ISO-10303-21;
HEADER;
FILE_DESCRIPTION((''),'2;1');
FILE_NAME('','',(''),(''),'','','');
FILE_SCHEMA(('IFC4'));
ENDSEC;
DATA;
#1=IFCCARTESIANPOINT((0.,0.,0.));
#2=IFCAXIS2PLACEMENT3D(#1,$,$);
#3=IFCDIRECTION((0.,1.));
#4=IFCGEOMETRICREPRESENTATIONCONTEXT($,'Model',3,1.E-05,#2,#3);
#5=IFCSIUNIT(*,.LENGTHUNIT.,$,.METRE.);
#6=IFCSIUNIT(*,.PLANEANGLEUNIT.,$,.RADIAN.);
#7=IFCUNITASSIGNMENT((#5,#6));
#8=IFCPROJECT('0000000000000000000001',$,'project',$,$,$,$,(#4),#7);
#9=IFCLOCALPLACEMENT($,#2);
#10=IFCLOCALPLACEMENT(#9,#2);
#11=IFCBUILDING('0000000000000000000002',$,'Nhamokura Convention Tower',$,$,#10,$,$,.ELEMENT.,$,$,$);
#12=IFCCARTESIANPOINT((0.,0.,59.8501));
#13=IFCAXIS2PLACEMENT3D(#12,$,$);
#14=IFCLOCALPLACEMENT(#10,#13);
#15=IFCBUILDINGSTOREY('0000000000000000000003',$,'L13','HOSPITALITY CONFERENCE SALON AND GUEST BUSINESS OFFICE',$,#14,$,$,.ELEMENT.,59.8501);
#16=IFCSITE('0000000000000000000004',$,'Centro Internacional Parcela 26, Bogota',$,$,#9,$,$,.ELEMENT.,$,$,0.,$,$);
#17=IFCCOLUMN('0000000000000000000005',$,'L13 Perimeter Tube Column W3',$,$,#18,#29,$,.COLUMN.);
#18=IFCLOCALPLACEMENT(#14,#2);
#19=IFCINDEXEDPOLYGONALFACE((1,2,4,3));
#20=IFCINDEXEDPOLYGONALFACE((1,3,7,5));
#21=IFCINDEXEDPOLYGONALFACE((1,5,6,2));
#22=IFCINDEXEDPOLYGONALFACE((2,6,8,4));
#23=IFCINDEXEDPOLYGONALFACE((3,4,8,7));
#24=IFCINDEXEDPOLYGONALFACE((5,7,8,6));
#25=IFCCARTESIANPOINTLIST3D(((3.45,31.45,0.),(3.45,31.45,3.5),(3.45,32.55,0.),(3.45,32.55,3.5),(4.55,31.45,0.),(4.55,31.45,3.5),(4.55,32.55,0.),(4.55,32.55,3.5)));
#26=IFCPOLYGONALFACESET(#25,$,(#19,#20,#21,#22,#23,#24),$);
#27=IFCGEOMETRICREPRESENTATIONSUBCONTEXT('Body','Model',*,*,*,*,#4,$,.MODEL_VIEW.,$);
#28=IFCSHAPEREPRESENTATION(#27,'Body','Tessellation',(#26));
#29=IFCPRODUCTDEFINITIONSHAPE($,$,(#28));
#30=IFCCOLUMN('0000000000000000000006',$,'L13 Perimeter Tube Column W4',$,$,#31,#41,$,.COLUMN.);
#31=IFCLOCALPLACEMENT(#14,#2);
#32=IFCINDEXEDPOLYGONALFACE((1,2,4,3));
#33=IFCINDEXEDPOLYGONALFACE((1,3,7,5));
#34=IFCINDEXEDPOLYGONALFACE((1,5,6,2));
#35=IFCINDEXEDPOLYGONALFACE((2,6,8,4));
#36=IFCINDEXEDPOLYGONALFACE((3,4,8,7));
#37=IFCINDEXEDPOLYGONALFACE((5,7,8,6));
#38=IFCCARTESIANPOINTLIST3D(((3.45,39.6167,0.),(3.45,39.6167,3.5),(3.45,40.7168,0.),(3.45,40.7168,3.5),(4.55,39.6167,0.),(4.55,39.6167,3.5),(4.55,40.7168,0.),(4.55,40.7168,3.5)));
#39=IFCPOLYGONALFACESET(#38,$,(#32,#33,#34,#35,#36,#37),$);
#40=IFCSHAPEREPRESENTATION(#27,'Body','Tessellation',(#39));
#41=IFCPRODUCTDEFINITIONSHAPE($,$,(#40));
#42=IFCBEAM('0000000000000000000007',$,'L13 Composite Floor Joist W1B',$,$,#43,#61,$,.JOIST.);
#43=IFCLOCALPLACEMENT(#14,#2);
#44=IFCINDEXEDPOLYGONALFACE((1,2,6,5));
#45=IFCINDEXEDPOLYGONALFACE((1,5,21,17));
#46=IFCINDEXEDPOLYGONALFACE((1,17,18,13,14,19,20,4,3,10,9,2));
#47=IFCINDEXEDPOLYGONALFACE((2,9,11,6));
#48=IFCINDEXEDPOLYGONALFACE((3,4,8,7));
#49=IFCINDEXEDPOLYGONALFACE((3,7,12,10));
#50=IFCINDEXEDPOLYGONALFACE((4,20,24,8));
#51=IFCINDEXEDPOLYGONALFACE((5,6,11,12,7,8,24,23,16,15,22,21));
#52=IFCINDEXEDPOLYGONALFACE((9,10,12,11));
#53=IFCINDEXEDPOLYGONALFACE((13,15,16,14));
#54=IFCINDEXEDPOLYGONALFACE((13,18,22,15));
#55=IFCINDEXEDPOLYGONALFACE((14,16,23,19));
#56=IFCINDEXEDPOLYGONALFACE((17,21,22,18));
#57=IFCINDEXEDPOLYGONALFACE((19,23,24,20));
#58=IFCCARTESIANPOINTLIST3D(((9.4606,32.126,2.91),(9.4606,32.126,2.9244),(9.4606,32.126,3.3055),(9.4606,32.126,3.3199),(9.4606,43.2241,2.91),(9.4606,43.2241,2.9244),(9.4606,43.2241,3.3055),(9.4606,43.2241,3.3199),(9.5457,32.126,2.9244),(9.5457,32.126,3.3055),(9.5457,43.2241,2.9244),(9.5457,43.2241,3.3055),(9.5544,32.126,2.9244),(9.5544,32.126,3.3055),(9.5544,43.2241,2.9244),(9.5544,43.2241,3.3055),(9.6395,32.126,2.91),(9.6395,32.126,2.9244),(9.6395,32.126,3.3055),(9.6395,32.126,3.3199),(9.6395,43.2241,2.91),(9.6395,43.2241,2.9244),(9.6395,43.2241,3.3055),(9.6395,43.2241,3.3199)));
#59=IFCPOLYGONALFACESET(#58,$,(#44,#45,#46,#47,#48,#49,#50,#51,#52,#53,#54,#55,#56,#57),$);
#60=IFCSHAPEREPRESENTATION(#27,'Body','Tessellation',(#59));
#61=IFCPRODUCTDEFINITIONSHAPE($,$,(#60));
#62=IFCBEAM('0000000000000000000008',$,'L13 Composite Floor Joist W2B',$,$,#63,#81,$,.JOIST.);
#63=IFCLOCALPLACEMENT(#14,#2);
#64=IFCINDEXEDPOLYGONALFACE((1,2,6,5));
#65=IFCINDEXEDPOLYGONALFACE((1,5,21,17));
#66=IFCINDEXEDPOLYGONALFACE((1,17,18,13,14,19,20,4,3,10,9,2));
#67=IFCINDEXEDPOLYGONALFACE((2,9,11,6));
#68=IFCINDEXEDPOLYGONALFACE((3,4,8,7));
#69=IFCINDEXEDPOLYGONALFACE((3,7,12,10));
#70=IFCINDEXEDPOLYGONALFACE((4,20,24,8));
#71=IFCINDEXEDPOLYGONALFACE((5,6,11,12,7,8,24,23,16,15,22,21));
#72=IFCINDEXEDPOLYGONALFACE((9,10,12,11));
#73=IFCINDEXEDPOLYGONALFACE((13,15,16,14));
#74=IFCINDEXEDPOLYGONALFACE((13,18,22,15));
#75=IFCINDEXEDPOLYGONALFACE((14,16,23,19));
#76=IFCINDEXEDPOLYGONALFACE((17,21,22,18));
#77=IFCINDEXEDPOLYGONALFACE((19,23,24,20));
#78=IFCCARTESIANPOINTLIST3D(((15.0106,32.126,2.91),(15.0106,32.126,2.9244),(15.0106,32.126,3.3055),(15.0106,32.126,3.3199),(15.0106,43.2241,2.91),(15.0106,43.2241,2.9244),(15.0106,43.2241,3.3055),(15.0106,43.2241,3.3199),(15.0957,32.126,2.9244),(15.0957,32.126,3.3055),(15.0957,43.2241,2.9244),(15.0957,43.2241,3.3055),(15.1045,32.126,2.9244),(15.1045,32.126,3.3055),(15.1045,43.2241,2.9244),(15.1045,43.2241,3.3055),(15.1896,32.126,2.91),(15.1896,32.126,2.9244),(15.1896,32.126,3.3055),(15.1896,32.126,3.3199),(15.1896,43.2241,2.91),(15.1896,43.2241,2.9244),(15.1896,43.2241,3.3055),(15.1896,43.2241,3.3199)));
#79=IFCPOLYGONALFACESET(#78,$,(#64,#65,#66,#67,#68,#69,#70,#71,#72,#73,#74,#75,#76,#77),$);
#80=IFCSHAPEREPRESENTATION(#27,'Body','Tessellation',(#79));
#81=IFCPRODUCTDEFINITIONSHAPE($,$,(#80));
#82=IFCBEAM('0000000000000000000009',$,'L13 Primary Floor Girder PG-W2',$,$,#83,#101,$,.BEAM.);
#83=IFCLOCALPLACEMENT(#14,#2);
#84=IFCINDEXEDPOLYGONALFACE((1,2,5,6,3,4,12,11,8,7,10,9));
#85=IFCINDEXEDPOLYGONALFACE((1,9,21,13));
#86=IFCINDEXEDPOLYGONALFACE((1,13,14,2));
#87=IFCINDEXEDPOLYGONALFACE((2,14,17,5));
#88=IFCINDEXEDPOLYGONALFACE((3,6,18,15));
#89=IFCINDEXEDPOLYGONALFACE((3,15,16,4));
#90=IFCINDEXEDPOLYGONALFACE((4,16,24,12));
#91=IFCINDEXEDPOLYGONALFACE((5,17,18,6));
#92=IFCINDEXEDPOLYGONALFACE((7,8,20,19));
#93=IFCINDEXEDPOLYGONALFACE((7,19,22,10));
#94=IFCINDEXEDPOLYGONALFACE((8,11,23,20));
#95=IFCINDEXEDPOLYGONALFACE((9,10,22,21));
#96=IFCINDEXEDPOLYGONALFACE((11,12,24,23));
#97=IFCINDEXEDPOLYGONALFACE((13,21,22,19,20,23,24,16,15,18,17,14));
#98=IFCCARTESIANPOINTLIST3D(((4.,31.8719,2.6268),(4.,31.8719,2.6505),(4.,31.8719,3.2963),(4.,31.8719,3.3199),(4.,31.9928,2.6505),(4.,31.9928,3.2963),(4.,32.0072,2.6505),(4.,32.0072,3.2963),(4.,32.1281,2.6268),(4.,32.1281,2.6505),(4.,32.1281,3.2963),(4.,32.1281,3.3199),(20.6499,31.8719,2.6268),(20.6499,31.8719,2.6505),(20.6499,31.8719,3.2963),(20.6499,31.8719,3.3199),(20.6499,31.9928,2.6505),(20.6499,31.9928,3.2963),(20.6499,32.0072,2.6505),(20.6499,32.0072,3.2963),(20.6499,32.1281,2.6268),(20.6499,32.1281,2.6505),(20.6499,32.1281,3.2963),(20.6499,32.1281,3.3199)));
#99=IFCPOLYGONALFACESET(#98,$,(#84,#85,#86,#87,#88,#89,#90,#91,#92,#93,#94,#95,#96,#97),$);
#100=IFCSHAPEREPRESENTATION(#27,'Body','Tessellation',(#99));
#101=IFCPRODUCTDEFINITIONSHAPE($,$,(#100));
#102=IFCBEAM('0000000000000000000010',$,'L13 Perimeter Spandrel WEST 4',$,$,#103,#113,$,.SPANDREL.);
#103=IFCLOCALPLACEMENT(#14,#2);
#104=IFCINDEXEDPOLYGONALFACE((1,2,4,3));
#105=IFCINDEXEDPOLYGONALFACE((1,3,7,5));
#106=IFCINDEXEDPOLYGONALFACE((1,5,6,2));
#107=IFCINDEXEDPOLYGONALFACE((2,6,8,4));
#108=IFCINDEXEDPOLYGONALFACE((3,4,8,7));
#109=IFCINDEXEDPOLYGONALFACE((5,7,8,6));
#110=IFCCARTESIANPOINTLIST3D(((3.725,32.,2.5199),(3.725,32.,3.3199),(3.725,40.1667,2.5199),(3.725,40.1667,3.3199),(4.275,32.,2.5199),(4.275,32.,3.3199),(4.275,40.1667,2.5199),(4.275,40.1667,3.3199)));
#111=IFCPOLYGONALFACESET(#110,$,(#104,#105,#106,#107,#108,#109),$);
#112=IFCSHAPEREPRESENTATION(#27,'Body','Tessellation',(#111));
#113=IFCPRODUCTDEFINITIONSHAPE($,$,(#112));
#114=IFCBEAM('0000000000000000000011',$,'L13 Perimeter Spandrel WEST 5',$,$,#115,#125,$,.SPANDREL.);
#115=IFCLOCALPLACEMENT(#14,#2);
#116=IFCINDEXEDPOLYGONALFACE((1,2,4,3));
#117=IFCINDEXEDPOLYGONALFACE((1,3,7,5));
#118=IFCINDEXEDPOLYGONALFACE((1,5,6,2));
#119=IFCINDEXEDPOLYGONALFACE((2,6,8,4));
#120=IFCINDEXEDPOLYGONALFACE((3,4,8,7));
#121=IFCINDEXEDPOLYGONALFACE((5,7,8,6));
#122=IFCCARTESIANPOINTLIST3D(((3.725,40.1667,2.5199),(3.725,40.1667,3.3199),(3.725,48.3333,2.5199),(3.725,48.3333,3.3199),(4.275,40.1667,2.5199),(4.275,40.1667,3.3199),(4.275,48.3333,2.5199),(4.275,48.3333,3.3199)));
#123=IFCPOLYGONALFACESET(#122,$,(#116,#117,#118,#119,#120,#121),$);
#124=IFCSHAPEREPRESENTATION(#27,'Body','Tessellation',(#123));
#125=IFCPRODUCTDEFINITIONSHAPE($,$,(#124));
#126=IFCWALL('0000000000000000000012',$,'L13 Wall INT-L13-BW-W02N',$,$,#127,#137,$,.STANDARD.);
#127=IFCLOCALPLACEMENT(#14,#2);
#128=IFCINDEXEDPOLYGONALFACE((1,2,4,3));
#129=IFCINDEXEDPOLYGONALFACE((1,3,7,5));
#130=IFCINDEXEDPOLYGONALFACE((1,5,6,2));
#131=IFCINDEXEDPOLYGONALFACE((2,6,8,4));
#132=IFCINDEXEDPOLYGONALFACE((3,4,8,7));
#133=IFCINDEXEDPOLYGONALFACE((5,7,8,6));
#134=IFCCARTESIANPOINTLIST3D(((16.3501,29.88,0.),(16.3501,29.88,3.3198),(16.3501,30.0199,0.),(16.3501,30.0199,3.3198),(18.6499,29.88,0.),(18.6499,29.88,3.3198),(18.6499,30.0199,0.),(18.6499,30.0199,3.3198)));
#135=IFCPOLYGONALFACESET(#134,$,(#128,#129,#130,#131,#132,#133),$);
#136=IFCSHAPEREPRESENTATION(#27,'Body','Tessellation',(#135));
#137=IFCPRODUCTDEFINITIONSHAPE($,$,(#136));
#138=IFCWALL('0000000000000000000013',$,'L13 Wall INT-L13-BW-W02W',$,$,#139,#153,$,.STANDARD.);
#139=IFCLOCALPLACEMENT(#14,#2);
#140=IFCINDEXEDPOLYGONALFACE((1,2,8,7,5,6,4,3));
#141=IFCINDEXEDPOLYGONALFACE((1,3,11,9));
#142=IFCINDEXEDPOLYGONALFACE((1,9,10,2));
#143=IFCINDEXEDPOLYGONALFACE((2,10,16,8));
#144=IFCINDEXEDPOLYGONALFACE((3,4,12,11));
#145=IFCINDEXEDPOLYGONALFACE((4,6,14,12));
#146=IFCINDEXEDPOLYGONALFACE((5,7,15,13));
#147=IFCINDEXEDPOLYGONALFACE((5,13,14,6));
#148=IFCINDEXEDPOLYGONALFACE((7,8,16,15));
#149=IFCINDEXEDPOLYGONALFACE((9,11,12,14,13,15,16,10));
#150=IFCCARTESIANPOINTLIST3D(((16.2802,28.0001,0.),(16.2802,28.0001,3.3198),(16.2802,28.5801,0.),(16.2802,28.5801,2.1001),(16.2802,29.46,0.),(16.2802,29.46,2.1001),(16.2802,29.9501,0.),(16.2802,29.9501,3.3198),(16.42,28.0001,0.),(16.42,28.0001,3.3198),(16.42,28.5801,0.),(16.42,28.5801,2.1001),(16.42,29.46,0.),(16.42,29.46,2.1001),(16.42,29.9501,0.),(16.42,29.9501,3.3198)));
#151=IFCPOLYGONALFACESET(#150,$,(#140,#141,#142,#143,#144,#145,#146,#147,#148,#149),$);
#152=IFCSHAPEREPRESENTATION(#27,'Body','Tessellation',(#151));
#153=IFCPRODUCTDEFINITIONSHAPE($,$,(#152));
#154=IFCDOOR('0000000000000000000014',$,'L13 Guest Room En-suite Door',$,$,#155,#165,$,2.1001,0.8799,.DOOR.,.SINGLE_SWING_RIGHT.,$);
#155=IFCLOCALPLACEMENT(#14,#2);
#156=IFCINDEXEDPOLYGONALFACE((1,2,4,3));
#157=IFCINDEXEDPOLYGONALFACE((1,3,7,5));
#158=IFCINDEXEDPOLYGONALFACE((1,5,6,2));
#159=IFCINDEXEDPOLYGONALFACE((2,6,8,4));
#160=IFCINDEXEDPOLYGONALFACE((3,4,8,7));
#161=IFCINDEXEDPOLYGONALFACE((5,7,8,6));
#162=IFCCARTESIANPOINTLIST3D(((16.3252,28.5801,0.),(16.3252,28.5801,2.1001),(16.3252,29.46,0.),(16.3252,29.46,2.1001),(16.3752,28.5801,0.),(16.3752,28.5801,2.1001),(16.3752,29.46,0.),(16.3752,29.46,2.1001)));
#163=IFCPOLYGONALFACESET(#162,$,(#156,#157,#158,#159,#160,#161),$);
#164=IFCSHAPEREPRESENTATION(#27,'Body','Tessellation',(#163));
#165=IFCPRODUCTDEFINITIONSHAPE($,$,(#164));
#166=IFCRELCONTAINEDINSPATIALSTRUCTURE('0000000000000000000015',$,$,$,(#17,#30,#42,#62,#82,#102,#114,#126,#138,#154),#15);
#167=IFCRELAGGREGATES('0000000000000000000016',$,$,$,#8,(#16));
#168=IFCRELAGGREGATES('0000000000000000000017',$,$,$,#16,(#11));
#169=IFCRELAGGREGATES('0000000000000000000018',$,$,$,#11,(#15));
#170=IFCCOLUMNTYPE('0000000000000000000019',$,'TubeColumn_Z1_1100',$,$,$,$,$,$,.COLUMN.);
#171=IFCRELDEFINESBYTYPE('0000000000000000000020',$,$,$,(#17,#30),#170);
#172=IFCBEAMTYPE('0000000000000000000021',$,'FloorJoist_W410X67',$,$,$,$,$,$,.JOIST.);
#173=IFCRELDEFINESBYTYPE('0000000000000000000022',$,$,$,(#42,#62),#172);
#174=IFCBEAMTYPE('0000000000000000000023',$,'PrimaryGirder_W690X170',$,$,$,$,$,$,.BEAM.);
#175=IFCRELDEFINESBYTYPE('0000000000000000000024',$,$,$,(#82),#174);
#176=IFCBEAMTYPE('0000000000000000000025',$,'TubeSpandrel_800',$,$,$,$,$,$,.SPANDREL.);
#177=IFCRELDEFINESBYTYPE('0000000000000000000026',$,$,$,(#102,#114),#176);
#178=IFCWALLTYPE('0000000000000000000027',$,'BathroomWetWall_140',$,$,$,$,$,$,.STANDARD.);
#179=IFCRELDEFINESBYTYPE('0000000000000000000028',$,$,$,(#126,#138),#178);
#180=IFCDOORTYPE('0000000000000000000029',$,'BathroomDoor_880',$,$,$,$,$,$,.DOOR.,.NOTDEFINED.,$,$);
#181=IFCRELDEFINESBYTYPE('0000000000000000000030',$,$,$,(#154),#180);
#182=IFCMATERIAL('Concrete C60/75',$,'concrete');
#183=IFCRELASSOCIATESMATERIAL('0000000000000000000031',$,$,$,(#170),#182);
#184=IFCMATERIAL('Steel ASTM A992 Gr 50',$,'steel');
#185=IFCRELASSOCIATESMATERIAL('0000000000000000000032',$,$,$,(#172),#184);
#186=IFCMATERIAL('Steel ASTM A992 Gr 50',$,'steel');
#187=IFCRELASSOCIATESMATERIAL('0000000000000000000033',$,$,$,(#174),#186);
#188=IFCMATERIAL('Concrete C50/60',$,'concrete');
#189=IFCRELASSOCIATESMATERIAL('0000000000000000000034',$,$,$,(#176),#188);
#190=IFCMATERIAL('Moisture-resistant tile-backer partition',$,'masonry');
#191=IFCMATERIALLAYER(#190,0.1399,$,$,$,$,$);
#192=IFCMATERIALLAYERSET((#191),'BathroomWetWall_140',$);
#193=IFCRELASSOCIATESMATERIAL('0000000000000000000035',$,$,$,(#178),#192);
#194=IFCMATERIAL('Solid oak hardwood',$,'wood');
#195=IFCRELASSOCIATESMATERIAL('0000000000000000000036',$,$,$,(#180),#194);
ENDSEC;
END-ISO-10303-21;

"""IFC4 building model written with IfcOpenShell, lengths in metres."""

from ifc_helpers import new_model, si_unit, direction, frame, frame_2d, origin, origin_2d, place, context, subcontext, project, spatial, rectangle, i_section, extrude, material, layer, layer_set, material_profile, profile_set, type_object, element, fill, save


model = new_model("IFC4")

# Units and contexts
model_context = context("Model", 3, precision=1e-05, world=origin(), true_north=direction((0.0, 1.0)))
body_context = subcontext(model_context, "Body", "Model", "MODEL_VIEW")
ifc_project = project(units=[si_unit("LENGTHUNIT", "METRE"), si_unit("PLANEANGLEUNIT", "RADIAN")], contexts=[model_context])

# Site, building, storey
site_placement = place(None, origin())
site = spatial("IfcSite", under=ifc_project, at=site_placement, Name="Centro Internacional Parcela 26, Bogota", CompositionType="ELEMENT", RefElevation=0.0)
building_placement = place(site_placement, origin())
building = spatial("IfcBuilding", under=site, at=building_placement, Name="Nhamokura Convention Tower", CompositionType="ELEMENT")
storey_placement = place(building_placement, frame((0.0, 0.0, 59.8501)))
storey = spatial("IfcBuildingStorey", under=building, at=storey_placement, Name="L13", Description="HOSPITALITY CONFERENCE SALON AND GUEST BUSINESS OFFICE", CompositionType="ELEMENT", Elevation=59.8501)

# Columns
ifc_material_1 = material(Name="Concrete C60/75", Category="concrete")
ifc_material_profile_1 = material_profile(ifc_material_1, rectangle(XDim=1.1001, YDim=1.1001, at=origin_2d()))
ifc_profile_set_1 = profile_set([ifc_material_profile_1], Name="Concrete C60/75")
column_type = type_object("IfcColumnType", Name="TubeColumn_Z1_1100", PredefinedType="COLUMN", material=ifc_profile_set_1)
for number, where, z_axis, x_axis, name in (
    (1, (4.0, 32.0, 0.0), (0.0, 0.0, 1.0), (1.0, 0.0, 0.0), "L13 Perimeter Tube Column W3"),
    (2, (4.0, 40.1667, 0.0), (0.0, 0.0, 1.0), (1.0, 0.0, 0.0), "L13 Perimeter Tube Column W4"),
):
    element("IfcColumn", number, at=place(storey_placement, frame(where, z_axis=z_axis, x_axis=x_axis)), inside=storey, type_object=column_type, Name=name, PredefinedType="COLUMN", context=body_context, shape_type="SweptSolid", body=[
        extrude(rectangle(XDim=1.1001, YDim=1.1001, at=origin_2d()), origin(), (0.0, 0.0, 1.0), 3.5),
    ])

# Beams
ifc_material_2 = material(Name="Steel ASTM A992 Gr 50", Category="steel")
ifc_material_profile_2 = material_profile(ifc_material_2, i_section(OverallWidth=0.179, OverallDepth=0.4099, WebThickness=0.0088, FlangeThickness=0.0144, at=origin_2d()))
ifc_profile_set_2 = profile_set([ifc_material_profile_2], Name="Steel ASTM A992 Gr 50")
beam_type_1 = type_object("IfcBeamType", Name="FloorJoist_W410X67", PredefinedType="JOIST", material=ifc_profile_set_2)
for number, where, z_axis, x_axis, name in (
    (3, (9.55, 32.126, 3.115), (0.0, 1.0, 0.0), (-1.0, 0.0, 0.0), "L13 Composite Floor Joist W1B"),
    (4, (15.1001, 32.126, 3.115), (0.0, 1.0, 0.0), (-1.0, 0.0, 0.0), "L13 Composite Floor Joist W2B"),
):
    element("IfcBeam", number, at=place(storey_placement, frame(where, z_axis=z_axis, x_axis=x_axis)), inside=storey, type_object=beam_type_1, Name=name, PredefinedType="JOIST", context=body_context, shape_type="SweptSolid", body=[
        extrude(i_section(OverallWidth=0.179, OverallDepth=0.4099, WebThickness=0.0088, FlangeThickness=0.0144, at=origin_2d()), origin(), (0.0, 0.0, 1.0), 11.0981),
    ])
ifc_material_3 = material(Name="Steel ASTM A992 Gr 50", Category="steel")
ifc_material_profile_3 = material_profile(ifc_material_3, i_section(OverallWidth=0.2561, OverallDepth=0.6931, WebThickness=0.0144, FlangeThickness=0.0237, at=origin_2d()))
ifc_profile_set_3 = profile_set([ifc_material_profile_3], Name="Steel ASTM A992 Gr 50")
beam_type_2 = type_object("IfcBeamType", Name="PrimaryGirder_W690X170", PredefinedType="BEAM", material=ifc_profile_set_3)
beam_1_placement = place(storey_placement, frame((4.0, 32.0, 2.9734), z_axis=(1.0, 0.0, 0.0), x_axis=(0.0, 1.0, 0.0)))
element("IfcBeam", 5, at=beam_1_placement, inside=storey, type_object=beam_type_2, Name="L13 Primary Floor Girder PG-W2", PredefinedType="BEAM", context=body_context, shape_type="SweptSolid", body=[
    extrude(i_section(OverallWidth=0.2561, OverallDepth=0.6931, WebThickness=0.0144, FlangeThickness=0.0237, at=origin_2d()), origin(), (0.0, 0.0, 1.0), 16.6499),
])
ifc_material_4 = material(Name="Concrete C50/60", Category="concrete")
ifc_material_profile_4 = material_profile(ifc_material_4, rectangle(XDim=0.55, YDim=0.8, at=origin_2d()))
ifc_profile_set_4 = profile_set([ifc_material_profile_4], Name="Concrete C50/60")
beam_type_3 = type_object("IfcBeamType", Name="TubeSpandrel_800", PredefinedType="SPANDREL", material=ifc_profile_set_4)
beam_2_placement = place(storey_placement, frame((4.0, 32.0, 2.9199), z_axis=(0.0, 1.0, 0.0), x_axis=(-1.0, 0.0, 0.0)))
element("IfcBeam", 6, at=beam_2_placement, inside=storey, type_object=beam_type_3, Name="L13 Perimeter Spandrel WEST 4", PredefinedType="SPANDREL", context=body_context, shape_type="SweptSolid", body=[
    extrude(rectangle(XDim=0.55, YDim=0.8, at=origin_2d()), origin(), (0.0, 0.0, 1.0), 8.1667),
])
beam_3_placement = place(storey_placement, frame((4.0, 40.1667, 2.9199), z_axis=(0.0, 1.0, 0.0), x_axis=(-1.0, 0.0, 0.0)))
element("IfcBeam", 7, at=beam_3_placement, inside=storey, type_object=beam_type_3, Name="L13 Perimeter Spandrel WEST 5", PredefinedType="SPANDREL", context=body_context, shape_type="SweptSolid", body=[
    extrude(rectangle(XDim=0.55, YDim=0.8, at=origin_2d()), origin(), (0.0, 0.0, 1.0), 8.1665),
])

# Wall
ifc_material_5 = material(Name="Moisture-resistant tile-backer partition", Category="masonry")
ifc_layer_1 = layer(ifc_material_5, 0.1399)
ifc_layer_set_1 = layer_set([ifc_layer_1], Name="BathroomWetWall_140")
wall_type_1 = type_object("IfcWallType", Name="BathroomWetWall_140", PredefinedType="STANDARD", material=ifc_layer_set_1)
wall_1_placement = place(storey_placement, frame((16.3501, 29.95, 0.0), z_axis=(0.0, 0.0, 1.0), x_axis=(1.0, 0.0, 0.0)))
element("IfcWall", 8, at=wall_1_placement, inside=storey, type_object=wall_type_1, Name="L13 Wall INT-L13-BW-W02N", PredefinedType="STANDARD", context=body_context, shape_type="SweptSolid", body=[
    extrude(rectangle(XDim=2.2998, YDim=0.1399, at=frame_2d((1.1499, 0.0))), origin(), (0.0, 0.0, 1.0), 3.3198),
])

# Wall, opening, door
wall_2_placement = place(storey_placement, frame((16.3501, 28.0, 0.0), z_axis=(0.0, 0.0, 1.0), x_axis=(0.0, 1.0, 0.0)))
wall_2 = element("IfcWall", 9, at=wall_2_placement, inside=storey, type_object=wall_type_1, Name="L13 Wall INT-L13-BW-W02W", PredefinedType="STANDARD", context=body_context, shape_type="SweptSolid", body=[
    extrude(rectangle(XDim=1.95, YDim=0.1399, at=frame_2d((0.9751, 0.0))), origin(), (0.0, 0.0, 1.0), 3.3198),
])
opening_1_placement = place(wall_2_placement, frame((0.5801, 0.0, 0.0)))
opening_1 = element("IfcOpeningElement", 10, at=opening_1_placement, cuts=wall_2, PredefinedType="OPENING", context=body_context, shape_type="SweptSolid", body=[
    extrude(rectangle(XDim=0.8799, YDim=2.1001, at=frame_2d((0.4399, 1.05))), frame((0.0, 0.0798, 0.0), z_axis=(0.0, -1.0, 0.0), x_axis=(1.0, 0.0, 0.0)), (0.0, 0.0, 1.0), 0.1599),
])
ifc_material_6 = material(Name="Solid oak hardwood", Category="wood")
door_type_1 = type_object("IfcDoorType", Name="BathroomDoor_880", OperationType="NOTDEFINED", PredefinedType="DOOR", material=ifc_material_6)
door_1_placement = place(opening_1_placement, origin())
door_1 = element("IfcDoor", 11, at=door_1_placement, inside=storey, type_object=door_type_1, Name="L13 Guest Room En-suite Door", OperationType="SINGLE_SWING_RIGHT", OverallHeight=2.1001, OverallWidth=0.8799, PredefinedType="DOOR", context=body_context, shape_type="SweptSolid", body=[
    extrude(rectangle(XDim=0.8799, YDim=2.1001, at=frame_2d((0.4399, 1.05))), frame((0.0, 0.0249, 0.0), z_axis=(0.0, -1.0, 0.0), x_axis=(1.0, 0.0, 0.0)), (0.0, 0.0, 1.0), 0.05),
])
fill(opening_1, door_1)

save(model, "model.ifc")
